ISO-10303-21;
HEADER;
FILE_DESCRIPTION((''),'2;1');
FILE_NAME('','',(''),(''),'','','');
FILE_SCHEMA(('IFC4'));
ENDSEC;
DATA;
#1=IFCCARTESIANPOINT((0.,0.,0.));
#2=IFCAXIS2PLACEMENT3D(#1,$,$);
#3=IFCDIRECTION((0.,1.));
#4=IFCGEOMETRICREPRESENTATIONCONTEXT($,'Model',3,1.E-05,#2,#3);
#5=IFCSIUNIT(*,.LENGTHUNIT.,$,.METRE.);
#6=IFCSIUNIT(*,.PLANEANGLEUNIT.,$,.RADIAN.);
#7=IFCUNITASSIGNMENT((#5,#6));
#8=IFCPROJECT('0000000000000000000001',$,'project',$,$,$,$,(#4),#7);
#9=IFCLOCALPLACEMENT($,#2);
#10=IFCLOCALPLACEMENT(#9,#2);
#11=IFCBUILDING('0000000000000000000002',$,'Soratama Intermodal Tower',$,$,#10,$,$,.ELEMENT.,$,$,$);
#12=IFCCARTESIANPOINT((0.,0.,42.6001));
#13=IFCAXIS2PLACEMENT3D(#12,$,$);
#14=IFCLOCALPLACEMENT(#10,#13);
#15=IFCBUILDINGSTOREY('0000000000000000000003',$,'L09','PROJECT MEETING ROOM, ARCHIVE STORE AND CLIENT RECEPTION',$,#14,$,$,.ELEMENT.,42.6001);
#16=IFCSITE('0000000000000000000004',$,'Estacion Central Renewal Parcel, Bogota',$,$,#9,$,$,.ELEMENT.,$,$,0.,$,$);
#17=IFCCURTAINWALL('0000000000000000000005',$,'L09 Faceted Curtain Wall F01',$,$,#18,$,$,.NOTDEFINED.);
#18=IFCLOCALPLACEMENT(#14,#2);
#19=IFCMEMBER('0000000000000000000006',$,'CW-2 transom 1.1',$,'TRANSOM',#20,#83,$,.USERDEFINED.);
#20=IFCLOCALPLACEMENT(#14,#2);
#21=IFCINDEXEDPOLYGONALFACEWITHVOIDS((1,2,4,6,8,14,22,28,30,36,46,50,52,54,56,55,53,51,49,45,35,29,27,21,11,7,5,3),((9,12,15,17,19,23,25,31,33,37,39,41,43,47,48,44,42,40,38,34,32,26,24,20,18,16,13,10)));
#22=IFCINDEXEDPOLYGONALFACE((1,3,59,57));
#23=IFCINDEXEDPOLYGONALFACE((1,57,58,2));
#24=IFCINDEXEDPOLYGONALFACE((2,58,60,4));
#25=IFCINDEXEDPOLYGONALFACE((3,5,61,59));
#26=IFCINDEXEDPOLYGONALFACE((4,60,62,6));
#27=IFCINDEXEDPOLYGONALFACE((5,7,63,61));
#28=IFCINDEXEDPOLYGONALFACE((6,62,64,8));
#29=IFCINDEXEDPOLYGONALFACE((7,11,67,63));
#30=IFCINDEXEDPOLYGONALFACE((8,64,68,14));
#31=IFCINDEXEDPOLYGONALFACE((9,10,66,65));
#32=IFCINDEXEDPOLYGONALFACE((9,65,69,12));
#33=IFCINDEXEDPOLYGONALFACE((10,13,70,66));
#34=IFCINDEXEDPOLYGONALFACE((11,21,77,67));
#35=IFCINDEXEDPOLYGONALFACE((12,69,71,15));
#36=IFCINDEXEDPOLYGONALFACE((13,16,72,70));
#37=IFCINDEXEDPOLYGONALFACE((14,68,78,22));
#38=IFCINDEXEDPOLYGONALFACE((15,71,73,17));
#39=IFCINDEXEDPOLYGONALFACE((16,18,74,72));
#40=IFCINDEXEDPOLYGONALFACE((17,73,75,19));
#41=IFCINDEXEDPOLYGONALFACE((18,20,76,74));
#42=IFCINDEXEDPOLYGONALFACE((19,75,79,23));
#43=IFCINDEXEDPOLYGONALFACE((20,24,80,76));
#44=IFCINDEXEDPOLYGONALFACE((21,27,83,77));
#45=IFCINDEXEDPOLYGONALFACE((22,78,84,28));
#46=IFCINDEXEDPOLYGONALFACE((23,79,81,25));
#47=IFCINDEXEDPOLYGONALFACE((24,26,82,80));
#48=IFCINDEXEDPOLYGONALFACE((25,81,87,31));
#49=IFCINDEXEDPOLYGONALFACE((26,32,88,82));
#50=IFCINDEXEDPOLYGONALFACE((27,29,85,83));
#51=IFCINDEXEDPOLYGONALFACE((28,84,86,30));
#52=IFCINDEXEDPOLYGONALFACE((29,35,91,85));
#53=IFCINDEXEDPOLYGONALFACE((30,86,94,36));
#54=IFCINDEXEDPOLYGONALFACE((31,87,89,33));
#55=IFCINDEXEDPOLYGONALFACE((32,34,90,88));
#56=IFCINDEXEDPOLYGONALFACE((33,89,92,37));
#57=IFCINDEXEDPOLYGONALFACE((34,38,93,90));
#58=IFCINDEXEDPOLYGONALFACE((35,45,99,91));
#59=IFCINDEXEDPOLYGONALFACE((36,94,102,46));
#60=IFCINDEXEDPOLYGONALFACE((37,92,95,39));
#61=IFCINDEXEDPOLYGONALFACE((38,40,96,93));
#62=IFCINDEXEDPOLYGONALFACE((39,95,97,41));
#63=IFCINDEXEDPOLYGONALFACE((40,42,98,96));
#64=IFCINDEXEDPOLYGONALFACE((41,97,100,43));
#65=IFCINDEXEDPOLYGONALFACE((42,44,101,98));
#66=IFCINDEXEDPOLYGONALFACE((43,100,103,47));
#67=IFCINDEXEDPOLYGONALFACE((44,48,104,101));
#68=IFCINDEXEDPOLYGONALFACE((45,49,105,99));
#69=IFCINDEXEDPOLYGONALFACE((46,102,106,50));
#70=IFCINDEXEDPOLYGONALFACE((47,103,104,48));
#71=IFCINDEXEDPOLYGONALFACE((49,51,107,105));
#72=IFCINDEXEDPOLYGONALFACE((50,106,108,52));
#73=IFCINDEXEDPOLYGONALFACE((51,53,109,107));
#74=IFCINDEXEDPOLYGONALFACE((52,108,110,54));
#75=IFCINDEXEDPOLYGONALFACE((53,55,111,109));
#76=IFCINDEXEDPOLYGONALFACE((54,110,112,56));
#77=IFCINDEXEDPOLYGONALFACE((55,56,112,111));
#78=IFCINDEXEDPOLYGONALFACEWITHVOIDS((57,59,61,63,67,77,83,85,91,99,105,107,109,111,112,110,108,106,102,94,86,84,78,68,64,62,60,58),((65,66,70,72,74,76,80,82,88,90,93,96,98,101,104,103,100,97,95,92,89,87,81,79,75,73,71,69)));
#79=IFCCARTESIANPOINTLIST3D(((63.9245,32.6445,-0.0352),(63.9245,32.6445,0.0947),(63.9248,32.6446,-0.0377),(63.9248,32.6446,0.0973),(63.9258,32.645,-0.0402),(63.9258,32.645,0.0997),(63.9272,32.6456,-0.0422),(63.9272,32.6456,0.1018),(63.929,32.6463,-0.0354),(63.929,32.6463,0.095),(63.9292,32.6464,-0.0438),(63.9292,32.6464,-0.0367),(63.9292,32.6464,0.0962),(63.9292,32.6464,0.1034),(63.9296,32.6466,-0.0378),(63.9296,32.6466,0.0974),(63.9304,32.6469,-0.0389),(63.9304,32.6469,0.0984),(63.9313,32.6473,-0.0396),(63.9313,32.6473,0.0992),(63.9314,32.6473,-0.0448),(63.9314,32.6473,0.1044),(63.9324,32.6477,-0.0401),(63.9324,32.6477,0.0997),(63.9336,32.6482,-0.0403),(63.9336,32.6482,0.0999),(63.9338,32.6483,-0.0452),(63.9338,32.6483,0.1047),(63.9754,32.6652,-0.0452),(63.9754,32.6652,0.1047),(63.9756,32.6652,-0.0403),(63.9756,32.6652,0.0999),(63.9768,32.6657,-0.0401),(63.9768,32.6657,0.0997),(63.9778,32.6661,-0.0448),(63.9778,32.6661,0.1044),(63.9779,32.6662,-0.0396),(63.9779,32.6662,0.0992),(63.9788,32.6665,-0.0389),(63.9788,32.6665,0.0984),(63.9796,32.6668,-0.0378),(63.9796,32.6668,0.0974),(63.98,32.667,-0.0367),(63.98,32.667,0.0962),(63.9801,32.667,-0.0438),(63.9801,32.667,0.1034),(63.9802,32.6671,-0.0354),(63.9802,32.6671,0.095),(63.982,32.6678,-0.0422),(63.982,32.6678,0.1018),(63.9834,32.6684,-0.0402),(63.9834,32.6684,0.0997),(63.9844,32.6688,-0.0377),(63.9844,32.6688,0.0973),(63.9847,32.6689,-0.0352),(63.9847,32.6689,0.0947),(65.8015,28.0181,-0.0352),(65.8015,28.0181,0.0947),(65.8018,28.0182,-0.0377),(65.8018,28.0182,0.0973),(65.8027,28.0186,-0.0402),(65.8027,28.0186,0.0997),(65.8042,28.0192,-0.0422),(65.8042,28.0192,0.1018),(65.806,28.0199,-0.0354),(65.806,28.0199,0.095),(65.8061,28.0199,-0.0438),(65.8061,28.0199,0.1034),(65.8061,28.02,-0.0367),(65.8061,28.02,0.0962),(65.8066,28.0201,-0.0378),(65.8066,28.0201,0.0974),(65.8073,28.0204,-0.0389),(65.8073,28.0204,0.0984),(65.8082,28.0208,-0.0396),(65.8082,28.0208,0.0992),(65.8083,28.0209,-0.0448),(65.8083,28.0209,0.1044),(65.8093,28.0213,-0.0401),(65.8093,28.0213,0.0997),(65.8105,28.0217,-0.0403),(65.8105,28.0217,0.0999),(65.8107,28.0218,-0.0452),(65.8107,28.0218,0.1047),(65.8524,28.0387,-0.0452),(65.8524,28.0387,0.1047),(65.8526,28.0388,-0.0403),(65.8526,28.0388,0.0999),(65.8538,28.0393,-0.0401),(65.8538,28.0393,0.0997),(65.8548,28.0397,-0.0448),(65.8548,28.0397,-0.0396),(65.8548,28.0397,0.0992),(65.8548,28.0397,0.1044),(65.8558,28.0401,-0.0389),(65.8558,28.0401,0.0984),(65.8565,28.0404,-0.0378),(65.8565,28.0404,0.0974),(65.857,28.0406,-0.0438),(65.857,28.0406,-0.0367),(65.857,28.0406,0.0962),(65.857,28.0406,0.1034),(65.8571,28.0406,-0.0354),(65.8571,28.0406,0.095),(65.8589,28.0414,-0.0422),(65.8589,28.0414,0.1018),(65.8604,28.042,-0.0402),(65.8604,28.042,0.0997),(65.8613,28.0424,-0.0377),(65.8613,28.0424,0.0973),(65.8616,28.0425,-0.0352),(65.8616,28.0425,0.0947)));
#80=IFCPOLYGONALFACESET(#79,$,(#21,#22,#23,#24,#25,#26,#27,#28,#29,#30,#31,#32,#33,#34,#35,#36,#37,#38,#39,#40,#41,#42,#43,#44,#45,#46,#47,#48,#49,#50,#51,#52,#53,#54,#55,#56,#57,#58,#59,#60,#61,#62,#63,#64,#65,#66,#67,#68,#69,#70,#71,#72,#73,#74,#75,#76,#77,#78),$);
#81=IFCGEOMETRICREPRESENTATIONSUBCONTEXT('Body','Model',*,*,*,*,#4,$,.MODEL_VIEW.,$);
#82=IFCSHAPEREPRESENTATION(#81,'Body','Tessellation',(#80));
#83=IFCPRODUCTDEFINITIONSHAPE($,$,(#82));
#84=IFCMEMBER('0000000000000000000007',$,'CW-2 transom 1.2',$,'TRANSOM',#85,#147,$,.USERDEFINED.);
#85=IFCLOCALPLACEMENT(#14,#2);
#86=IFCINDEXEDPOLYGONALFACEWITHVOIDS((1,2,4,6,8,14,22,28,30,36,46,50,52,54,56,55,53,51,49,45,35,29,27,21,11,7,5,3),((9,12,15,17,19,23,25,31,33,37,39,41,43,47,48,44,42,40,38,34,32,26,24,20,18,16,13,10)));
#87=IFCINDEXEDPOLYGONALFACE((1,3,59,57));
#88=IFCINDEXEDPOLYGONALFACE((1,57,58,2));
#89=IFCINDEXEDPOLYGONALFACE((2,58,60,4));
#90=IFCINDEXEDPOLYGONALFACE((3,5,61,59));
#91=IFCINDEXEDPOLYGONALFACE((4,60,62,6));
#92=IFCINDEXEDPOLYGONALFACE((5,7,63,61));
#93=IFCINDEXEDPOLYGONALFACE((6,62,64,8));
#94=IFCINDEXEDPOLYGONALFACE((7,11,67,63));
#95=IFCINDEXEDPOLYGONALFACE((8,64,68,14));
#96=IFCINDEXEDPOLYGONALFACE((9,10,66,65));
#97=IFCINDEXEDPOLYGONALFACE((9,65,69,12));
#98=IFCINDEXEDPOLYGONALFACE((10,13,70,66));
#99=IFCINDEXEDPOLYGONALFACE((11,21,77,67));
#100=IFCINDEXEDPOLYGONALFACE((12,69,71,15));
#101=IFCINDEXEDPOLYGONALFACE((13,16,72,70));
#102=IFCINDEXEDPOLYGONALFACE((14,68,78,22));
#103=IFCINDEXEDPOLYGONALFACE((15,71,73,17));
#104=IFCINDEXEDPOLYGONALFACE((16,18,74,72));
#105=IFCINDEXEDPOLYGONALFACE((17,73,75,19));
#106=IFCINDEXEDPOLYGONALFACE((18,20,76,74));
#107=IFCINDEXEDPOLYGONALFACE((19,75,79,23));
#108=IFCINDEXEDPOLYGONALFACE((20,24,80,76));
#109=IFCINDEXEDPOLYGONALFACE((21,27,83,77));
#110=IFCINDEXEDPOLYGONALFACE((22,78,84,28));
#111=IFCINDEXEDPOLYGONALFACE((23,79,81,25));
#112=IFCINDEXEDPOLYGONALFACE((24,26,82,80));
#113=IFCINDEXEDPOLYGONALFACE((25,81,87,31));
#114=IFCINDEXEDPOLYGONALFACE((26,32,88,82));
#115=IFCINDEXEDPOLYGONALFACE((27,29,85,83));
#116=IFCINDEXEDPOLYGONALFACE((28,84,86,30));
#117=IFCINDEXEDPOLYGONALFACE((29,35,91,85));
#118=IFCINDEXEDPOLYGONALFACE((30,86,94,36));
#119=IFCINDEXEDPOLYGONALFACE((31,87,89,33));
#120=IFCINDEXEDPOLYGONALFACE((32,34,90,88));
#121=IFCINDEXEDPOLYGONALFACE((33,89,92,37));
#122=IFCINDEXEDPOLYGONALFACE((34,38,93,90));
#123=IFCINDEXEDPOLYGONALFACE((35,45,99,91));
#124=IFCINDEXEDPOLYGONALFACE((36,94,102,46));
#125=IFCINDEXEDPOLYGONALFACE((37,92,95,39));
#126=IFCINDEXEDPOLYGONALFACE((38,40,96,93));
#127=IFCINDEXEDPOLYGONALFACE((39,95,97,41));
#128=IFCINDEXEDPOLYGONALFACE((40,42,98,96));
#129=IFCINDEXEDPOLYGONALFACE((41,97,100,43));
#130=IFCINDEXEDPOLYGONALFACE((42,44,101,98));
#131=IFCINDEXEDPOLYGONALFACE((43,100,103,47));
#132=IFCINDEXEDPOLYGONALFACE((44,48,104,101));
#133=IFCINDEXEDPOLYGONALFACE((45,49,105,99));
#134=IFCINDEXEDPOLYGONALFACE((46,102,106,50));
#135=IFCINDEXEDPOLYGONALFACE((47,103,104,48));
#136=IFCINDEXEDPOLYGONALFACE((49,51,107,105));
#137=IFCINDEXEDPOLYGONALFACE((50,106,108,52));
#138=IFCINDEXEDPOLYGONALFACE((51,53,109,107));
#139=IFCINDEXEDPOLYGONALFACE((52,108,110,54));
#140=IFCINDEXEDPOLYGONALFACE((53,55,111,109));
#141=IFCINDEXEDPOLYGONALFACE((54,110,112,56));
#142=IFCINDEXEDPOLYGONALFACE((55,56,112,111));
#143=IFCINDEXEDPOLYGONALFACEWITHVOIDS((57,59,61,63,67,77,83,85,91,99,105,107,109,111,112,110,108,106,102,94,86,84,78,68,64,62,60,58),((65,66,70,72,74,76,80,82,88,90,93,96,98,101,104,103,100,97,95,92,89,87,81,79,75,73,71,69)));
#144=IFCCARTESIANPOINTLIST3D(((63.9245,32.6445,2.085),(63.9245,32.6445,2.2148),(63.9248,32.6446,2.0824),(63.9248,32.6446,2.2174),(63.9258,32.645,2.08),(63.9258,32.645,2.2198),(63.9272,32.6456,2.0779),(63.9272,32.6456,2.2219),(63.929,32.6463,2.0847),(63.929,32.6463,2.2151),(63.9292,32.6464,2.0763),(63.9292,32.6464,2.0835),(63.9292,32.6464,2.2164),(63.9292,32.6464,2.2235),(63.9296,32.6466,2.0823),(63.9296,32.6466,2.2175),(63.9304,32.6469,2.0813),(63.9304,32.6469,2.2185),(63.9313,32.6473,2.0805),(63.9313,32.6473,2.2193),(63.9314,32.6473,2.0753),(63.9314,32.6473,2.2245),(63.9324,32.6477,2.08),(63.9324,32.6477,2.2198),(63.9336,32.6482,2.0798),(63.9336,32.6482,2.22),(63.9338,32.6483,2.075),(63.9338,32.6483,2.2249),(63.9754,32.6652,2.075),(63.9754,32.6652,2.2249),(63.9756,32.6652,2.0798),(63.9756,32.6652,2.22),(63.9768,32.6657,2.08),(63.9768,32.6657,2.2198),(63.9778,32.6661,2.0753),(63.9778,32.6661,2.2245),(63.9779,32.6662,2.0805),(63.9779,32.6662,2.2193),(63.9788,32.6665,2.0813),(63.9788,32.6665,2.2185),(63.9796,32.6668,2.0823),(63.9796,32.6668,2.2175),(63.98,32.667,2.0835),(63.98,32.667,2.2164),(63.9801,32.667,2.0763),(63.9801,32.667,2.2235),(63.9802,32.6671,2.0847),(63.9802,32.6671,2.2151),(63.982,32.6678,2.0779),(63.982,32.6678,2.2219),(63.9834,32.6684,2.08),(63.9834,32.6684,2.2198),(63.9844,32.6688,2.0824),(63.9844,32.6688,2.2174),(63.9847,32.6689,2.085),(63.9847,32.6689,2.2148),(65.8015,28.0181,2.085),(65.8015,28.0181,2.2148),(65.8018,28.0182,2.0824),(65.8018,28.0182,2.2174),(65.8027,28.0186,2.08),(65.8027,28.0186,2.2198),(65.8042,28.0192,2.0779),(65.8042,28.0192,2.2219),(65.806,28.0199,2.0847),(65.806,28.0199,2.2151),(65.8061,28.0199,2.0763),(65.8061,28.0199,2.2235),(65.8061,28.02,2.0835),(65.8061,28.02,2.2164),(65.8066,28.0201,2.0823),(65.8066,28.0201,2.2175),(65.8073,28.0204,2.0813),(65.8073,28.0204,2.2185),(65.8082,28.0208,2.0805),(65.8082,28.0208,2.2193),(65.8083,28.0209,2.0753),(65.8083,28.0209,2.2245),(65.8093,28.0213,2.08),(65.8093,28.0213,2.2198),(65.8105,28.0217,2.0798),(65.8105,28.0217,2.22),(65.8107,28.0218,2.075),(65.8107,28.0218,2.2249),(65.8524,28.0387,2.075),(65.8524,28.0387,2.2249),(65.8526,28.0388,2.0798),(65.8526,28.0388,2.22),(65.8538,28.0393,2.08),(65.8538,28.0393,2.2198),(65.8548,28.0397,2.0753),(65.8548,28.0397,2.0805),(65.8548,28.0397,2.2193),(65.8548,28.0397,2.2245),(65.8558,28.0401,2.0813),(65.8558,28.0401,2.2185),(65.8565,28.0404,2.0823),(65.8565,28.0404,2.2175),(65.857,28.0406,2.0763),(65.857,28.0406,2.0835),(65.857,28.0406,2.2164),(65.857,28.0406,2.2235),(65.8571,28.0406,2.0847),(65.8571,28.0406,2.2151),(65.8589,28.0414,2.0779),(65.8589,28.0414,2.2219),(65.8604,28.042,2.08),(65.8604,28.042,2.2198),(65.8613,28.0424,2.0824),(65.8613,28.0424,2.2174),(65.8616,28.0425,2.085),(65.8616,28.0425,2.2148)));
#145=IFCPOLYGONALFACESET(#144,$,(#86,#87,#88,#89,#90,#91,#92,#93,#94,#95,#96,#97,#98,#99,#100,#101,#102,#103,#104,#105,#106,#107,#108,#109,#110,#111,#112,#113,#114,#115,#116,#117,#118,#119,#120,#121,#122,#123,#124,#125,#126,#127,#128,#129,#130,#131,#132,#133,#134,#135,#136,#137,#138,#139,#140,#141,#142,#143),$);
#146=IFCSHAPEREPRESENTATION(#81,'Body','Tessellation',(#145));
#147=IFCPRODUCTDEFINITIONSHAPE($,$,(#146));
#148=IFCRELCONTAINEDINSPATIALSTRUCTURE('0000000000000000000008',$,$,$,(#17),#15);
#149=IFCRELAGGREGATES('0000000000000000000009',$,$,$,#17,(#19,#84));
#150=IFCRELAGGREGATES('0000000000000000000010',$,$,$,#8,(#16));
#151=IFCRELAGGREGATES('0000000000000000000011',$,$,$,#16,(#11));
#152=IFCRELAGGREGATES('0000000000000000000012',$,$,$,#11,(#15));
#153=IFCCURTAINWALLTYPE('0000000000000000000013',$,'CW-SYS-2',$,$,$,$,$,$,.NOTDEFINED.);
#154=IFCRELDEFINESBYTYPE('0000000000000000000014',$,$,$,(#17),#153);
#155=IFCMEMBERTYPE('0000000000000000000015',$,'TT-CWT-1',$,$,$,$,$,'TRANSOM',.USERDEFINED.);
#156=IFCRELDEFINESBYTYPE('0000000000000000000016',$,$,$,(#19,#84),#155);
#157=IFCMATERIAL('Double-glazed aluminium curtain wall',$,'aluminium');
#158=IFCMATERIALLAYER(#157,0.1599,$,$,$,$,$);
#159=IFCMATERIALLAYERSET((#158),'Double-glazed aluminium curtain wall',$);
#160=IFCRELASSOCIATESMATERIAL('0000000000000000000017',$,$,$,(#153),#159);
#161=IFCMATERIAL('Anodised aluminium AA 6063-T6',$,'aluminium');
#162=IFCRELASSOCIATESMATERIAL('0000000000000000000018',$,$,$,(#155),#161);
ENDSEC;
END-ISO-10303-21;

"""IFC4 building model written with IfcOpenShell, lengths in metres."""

from ifc_helpers import new_model, si_unit, direction, frame, origin, origin_2d, place, context, subcontext, project, spatial, hollow_rectangle, extrude, material, layer, layer_set, material_profile, profile_set, type_object, element, aggregate, save


model = new_model("IFC4")

# Units and contexts
model_context = context("Model", 3, precision=1e-05, world=origin(), true_north=direction((0.0, 1.0)))
body_context = subcontext(model_context, "Body", "Model", "MODEL_VIEW")
ifc_project = project(units=[si_unit("LENGTHUNIT", "METRE"), si_unit("PLANEANGLEUNIT", "RADIAN")], contexts=[model_context])

# Site, building, storey
site_placement = place(None, origin())
site = spatial("IfcSite", under=ifc_project, at=site_placement, Name="Estacion Central Renewal Parcel, Bogota", CompositionType="ELEMENT", RefElevation=0.0)
building_placement = place(site_placement, origin())
building = spatial("IfcBuilding", under=site, at=building_placement, Name="Soratama Intermodal Tower", CompositionType="ELEMENT")
storey_placement = place(building_placement, frame((0.0, 0.0, 42.6001)))
storey = spatial("IfcBuildingStorey", under=building, at=storey_placement, Name="L09", Description="PROJECT MEETING ROOM, ARCHIVE STORE AND CLIENT RECEPTION", CompositionType="ELEMENT", Elevation=42.6001)

# Curtain wall, members
ifc_material_1 = material(Name="Double-glazed aluminium curtain wall", Category="aluminium")
ifc_layer_1 = layer(ifc_material_1, 0.1599)
ifc_layer_set_1 = layer_set([ifc_layer_1], Name="Double-glazed aluminium curtain wall")
curtain_wall_type = type_object("IfcCurtainWallType", Name="CW-SYS-2", PredefinedType="NOTDEFINED", material=ifc_layer_set_1)
curtain_wall_placement = place(storey_placement, origin())
curtain_wall = element("IfcCurtainWall", 1, at=curtain_wall_placement, inside=storey, type_object=curtain_wall_type, Name="L09 Faceted Curtain Wall F01", PredefinedType="NOTDEFINED")
ifc_material_2 = material(Name="Anodised aluminium AA 6063-T6", Category="aluminium")
ifc_material_profile_1 = material_profile(ifc_material_2, hollow_rectangle(XDim=0.0649, YDim=0.1499, WallThickness=0.0049, InnerFilletRadius=0.0049, OuterFilletRadius=0.01, at=origin_2d()), Name="CWT150X65X5")
ifc_profile_set_1 = profile_set([ifc_material_profile_1], Name="Anodised aluminium AA 6063-T6")
member_type_1 = type_object("IfcMemberType", Name="TT-CWT-1", ElementType="TRANSOM", PredefinedType="USERDEFINED", material=ifc_profile_set_1)
member_1_placement = place(storey_placement, frame((65.8315, 28.0303, 0.0298), z_axis=(-0.375939, 0.926644, 0.0), x_axis=(-0.926644, -0.375939, 0.0)))
member_1 = element("IfcMember", 2, at=member_1_placement, type_object=member_type_1, Name="CW-2 transom 1.1", ObjectType="TRANSOM", PredefinedType="USERDEFINED", context=body_context, shape_type="SweptSolid", body=[
    extrude(hollow_rectangle(XDim=0.0649, YDim=0.1499, WallThickness=0.0049, InnerFilletRadius=0.0049, OuterFilletRadius=0.01, at=origin_2d()), origin(), (0.0, 0.0, 1.0), 4.9927),
])
member_2_placement = place(storey_placement, frame((65.8315, 28.0303, 2.1499), z_axis=(-0.375939, 0.926644, 0.0), x_axis=(-0.926644, -0.375939, 0.0)))
member_2 = element("IfcMember", 3, at=member_2_placement, type_object=member_type_1, Name="CW-2 transom 1.2", ObjectType="TRANSOM", PredefinedType="USERDEFINED", context=body_context, shape_type="SweptSolid", body=[
    extrude(hollow_rectangle(XDim=0.0649, YDim=0.1499, WallThickness=0.0049, InnerFilletRadius=0.0049, OuterFilletRadius=0.01, at=origin_2d()), origin(), (0.0, 0.0, 1.0), 4.9927),
])
aggregate(curtain_wall, [member_1, member_2])

save(model, "model.ifc")
